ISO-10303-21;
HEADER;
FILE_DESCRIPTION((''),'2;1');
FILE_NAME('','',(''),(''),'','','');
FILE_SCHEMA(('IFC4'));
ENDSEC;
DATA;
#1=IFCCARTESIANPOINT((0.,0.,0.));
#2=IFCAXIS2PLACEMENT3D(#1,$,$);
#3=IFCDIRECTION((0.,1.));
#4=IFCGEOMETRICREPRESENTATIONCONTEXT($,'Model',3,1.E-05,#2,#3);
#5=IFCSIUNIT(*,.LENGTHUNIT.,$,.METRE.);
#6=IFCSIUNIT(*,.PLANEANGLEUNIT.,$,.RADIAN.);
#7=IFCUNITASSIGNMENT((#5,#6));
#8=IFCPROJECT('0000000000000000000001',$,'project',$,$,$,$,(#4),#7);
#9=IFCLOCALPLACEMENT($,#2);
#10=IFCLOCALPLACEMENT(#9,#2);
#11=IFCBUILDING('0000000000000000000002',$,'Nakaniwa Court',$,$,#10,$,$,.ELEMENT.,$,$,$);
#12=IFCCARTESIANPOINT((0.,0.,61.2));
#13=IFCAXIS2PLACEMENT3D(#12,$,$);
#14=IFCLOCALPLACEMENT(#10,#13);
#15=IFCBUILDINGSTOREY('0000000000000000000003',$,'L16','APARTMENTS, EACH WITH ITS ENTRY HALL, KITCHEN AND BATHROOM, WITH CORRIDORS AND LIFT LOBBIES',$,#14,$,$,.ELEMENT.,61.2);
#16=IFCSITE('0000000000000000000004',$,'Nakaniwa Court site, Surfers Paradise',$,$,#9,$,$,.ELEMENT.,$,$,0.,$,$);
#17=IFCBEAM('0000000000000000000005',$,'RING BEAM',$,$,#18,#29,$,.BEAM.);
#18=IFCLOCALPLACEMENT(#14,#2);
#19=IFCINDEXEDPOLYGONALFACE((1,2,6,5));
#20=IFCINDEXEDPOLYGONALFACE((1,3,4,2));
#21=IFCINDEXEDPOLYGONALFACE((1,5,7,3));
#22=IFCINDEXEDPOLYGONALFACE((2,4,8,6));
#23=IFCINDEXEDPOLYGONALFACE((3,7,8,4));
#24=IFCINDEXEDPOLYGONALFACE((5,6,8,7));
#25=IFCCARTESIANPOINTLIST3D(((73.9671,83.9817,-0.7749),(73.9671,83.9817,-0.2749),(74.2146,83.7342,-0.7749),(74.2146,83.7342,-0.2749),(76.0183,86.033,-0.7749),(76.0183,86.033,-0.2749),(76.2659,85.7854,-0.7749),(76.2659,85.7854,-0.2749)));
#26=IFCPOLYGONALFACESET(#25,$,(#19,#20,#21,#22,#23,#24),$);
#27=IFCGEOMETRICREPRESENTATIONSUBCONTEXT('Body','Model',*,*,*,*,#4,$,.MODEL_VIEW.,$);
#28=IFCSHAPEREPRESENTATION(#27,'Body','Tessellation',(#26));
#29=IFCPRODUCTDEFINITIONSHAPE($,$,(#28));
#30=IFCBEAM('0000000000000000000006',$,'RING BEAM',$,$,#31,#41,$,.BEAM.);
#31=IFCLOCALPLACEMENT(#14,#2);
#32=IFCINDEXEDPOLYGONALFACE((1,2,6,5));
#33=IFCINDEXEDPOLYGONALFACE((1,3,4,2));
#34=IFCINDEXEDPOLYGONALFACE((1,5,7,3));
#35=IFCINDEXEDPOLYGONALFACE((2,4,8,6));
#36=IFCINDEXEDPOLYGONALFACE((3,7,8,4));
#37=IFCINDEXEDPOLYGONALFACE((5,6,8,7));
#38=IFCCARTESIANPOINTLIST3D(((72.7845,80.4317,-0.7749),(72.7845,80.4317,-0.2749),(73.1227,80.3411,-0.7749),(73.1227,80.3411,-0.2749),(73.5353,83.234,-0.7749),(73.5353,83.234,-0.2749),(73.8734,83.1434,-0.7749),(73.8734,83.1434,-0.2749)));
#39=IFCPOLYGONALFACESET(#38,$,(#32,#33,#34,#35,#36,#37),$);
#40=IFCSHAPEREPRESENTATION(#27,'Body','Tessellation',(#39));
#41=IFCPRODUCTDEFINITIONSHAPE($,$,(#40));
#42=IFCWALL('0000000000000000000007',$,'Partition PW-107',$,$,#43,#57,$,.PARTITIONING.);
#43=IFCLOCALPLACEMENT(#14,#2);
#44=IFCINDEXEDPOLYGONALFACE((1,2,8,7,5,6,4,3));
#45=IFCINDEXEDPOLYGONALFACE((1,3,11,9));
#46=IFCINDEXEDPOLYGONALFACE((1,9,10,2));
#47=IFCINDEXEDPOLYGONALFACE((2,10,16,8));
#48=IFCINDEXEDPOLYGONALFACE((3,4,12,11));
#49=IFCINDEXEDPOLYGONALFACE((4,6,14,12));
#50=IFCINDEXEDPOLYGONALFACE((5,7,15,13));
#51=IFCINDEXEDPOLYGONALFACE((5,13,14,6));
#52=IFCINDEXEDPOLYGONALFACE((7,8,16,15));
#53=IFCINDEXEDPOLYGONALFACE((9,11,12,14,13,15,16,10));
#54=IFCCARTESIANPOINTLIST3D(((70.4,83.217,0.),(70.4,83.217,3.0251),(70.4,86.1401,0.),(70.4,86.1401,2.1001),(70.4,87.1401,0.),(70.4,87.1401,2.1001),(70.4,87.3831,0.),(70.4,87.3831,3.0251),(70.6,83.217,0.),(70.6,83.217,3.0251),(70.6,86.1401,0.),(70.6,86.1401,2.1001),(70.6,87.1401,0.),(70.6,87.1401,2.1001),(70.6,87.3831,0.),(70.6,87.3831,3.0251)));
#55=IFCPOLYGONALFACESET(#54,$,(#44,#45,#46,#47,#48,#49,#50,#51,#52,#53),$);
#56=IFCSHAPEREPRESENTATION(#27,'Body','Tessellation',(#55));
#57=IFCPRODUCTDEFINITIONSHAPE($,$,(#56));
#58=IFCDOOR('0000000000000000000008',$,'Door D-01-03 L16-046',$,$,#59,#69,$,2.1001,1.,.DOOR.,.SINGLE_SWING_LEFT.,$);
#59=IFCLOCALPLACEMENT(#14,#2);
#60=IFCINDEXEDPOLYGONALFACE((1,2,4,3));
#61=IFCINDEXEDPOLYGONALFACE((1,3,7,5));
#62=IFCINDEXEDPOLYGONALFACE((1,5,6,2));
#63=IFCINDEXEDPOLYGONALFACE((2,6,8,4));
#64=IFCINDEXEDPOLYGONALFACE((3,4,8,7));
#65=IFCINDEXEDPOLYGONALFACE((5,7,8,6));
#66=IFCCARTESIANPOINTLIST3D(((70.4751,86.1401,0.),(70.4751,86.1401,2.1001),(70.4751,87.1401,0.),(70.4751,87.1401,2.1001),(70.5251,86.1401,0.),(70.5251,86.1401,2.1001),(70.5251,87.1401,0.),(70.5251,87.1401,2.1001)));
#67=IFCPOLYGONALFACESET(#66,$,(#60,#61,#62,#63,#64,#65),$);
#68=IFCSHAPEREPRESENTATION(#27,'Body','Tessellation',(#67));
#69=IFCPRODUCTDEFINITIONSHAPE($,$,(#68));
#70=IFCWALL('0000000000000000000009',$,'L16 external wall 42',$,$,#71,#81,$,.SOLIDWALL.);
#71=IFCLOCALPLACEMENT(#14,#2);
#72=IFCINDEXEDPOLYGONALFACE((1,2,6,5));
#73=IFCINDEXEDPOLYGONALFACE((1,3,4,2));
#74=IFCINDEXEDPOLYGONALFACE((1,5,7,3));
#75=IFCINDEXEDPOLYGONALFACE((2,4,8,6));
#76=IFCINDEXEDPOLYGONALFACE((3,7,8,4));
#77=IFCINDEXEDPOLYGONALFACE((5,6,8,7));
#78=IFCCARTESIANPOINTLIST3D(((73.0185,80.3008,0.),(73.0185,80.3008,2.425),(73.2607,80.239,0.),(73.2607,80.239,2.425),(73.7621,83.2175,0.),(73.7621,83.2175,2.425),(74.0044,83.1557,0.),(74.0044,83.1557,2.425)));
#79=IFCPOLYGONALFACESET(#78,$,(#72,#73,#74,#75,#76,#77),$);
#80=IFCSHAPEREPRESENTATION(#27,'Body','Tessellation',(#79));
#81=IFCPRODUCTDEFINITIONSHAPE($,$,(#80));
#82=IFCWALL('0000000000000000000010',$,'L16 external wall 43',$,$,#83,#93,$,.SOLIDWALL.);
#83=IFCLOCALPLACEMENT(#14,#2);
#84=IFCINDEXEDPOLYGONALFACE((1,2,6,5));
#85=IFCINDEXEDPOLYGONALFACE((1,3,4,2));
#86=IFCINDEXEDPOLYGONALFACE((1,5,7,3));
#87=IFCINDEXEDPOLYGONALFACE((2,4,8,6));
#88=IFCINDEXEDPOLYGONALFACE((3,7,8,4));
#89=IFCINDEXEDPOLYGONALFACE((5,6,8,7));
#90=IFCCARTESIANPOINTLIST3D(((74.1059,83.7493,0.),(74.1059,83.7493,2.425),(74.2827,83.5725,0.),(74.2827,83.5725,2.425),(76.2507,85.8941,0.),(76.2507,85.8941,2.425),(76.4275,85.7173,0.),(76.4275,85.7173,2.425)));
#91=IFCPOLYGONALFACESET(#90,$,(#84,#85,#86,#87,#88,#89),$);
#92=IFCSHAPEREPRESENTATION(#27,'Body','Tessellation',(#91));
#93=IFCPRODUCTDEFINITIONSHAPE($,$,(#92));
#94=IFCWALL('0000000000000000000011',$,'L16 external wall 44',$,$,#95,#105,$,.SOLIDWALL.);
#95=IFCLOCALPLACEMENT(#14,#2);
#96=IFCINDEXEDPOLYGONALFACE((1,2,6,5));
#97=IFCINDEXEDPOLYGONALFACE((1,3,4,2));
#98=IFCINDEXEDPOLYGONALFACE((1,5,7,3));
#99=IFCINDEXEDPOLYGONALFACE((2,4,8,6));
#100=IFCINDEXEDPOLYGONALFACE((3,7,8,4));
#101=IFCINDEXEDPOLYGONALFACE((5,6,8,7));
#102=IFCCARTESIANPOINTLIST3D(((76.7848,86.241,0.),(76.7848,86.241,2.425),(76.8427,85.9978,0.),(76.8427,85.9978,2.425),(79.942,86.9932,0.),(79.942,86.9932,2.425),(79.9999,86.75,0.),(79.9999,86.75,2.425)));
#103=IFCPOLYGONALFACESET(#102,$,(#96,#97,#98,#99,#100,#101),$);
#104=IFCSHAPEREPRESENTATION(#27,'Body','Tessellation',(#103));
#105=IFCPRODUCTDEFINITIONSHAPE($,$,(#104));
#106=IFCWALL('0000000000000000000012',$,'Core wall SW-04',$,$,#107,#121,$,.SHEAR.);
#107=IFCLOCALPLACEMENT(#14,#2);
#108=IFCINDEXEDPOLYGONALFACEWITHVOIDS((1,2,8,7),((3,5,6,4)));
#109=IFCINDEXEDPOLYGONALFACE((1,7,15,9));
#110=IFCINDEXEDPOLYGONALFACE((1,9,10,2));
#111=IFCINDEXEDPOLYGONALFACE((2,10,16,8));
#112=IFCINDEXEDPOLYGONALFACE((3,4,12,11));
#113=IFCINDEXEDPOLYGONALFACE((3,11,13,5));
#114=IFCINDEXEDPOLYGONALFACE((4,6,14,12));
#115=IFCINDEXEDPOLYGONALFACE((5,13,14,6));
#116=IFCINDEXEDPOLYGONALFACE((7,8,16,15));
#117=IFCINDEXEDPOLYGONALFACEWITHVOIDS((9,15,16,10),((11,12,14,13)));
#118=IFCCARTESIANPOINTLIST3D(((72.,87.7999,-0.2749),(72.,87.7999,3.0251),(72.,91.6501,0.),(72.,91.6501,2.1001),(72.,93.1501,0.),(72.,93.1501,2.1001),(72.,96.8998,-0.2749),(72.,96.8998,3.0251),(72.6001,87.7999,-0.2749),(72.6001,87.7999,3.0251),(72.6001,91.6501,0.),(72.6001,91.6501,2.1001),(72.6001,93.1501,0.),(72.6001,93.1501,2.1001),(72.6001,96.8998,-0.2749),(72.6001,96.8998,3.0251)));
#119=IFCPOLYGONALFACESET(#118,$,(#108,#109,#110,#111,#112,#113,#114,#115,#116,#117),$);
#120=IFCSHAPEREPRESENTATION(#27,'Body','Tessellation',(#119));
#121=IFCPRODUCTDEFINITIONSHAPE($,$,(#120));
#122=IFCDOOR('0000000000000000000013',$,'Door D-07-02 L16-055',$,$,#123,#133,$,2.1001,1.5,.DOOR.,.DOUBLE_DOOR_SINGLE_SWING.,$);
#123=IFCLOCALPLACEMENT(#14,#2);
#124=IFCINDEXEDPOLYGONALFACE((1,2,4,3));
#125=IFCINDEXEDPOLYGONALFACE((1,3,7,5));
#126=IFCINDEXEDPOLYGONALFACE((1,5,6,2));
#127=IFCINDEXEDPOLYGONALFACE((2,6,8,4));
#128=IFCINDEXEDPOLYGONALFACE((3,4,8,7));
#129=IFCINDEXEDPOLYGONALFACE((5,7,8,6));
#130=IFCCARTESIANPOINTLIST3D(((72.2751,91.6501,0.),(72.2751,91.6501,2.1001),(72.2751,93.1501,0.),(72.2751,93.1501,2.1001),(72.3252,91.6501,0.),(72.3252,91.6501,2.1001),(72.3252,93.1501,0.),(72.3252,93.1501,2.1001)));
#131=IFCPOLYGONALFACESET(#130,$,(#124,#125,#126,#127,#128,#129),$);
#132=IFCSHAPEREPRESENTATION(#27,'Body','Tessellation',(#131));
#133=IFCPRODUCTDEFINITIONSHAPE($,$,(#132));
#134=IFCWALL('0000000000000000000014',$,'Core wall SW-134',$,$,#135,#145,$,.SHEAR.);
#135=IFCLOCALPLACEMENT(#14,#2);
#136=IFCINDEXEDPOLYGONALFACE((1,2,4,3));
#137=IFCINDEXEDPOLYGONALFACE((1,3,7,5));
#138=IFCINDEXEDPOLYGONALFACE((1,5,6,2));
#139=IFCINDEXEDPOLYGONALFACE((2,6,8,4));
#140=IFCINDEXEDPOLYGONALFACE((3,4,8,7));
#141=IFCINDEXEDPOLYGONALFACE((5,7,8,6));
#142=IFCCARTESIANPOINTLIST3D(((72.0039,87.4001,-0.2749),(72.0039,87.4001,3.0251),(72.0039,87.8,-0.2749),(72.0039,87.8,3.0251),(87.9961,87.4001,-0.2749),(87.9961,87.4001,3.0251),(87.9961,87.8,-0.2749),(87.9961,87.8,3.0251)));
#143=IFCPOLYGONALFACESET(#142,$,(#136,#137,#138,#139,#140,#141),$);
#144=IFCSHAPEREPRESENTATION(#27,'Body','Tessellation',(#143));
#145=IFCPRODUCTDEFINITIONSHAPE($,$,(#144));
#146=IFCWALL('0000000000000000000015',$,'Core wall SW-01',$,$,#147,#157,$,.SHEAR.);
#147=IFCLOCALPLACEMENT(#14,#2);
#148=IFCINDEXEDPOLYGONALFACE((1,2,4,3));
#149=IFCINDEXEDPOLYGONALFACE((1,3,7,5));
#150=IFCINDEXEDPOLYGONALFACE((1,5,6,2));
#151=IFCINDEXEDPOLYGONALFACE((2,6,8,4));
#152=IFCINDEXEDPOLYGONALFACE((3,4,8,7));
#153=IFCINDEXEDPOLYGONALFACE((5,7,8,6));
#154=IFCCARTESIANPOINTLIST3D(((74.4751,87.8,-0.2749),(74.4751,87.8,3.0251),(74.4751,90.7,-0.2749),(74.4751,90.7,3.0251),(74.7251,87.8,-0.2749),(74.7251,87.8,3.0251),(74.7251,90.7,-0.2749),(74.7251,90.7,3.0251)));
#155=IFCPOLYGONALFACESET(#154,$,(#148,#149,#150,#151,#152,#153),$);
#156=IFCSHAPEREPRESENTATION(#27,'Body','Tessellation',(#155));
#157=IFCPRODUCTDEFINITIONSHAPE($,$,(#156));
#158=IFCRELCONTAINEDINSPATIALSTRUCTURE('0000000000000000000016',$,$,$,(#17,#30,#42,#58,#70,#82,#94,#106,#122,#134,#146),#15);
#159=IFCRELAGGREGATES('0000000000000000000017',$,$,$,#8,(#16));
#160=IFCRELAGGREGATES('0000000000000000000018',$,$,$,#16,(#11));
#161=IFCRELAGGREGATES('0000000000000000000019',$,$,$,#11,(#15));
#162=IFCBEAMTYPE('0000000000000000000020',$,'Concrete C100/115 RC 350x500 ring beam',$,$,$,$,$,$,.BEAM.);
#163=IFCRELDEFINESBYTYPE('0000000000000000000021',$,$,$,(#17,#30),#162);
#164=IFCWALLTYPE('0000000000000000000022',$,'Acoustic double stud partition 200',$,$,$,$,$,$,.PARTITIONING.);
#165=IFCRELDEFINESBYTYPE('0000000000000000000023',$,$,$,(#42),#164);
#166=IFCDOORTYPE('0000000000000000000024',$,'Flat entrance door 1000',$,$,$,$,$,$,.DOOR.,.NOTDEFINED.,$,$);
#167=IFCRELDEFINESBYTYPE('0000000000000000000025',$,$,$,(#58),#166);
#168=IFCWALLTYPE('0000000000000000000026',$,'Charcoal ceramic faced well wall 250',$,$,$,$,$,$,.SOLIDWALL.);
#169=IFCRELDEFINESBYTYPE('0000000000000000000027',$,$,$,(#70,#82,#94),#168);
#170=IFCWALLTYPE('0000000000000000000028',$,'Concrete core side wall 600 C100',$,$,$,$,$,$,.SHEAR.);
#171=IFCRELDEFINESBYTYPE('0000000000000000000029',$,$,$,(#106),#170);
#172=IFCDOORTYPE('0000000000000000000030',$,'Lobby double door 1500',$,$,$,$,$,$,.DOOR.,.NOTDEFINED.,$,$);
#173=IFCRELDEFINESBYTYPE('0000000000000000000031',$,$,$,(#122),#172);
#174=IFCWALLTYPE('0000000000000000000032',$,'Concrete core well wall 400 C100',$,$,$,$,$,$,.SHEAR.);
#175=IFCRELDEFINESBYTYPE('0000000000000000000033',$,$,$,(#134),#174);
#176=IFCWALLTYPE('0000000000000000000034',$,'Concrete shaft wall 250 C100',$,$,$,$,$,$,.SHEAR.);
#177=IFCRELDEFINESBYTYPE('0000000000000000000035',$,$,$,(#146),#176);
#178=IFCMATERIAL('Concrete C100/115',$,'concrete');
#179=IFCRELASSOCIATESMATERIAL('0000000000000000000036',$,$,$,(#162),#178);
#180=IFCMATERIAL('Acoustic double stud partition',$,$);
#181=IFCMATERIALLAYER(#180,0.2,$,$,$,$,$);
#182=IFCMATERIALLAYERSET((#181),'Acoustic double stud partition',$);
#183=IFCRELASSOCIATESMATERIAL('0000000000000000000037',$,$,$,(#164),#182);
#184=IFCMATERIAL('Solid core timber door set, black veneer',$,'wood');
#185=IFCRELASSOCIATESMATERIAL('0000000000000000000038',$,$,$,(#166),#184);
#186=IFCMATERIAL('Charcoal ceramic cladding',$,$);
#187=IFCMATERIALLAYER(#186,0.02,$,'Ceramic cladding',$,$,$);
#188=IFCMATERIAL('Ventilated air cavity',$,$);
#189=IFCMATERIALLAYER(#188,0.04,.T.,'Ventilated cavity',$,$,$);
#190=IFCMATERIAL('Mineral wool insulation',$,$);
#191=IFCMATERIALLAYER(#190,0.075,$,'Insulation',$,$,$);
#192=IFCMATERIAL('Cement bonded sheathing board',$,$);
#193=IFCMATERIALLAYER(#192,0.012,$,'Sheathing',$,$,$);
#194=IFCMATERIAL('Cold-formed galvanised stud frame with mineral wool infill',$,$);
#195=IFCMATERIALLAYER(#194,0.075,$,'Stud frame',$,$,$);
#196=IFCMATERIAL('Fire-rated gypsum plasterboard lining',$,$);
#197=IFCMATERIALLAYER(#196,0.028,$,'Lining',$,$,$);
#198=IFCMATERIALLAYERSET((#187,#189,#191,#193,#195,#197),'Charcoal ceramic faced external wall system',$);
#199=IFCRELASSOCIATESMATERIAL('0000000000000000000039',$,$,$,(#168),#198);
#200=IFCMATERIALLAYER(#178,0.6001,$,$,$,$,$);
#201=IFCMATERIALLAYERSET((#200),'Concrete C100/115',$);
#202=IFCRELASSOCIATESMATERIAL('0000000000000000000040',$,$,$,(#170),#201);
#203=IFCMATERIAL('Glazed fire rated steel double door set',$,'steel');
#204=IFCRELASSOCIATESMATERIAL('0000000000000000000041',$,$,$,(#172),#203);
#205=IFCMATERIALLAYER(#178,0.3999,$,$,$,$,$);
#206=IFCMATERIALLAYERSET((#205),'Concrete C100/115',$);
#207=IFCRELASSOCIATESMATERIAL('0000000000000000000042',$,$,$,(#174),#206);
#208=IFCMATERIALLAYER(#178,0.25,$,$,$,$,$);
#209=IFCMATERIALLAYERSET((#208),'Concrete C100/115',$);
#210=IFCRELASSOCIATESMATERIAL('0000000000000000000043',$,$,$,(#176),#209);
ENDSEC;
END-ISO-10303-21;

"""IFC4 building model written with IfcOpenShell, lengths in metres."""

from ifc_helpers import new_model, si_unit, direction, frame, frame_2d, origin, origin_2d, place, context, subcontext, project, spatial, rectangle, extrude, material, layer, layer_set, material_profile, profile_set, type_object, element, fill, save


model = new_model("IFC4")

# Units and contexts
model_context = context("Model", 3, precision=1e-05, world=origin(), true_north=direction((0.0, 1.0)))
body_context = subcontext(model_context, "Body", "Model", "MODEL_VIEW")
ifc_project = project(units=[si_unit("LENGTHUNIT", "METRE"), si_unit("PLANEANGLEUNIT", "RADIAN")], contexts=[model_context])

# Site, building, storey
site_placement = place(None, origin())
site = spatial("IfcSite", under=ifc_project, at=site_placement, Name="Nakaniwa Court site, Surfers Paradise", CompositionType="ELEMENT", RefElevation=0.0)
building_placement = place(site_placement, origin())
building = spatial("IfcBuilding", under=site, at=building_placement, Name="Nakaniwa Court", CompositionType="ELEMENT")
storey_placement = place(building_placement, frame((0.0, 0.0, 61.2)))
storey = spatial("IfcBuildingStorey", under=building, at=storey_placement, Name="L16", Description="APARTMENTS, EACH WITH ITS ENTRY HALL, KITCHEN AND BATHROOM, WITH CORRIDORS AND LIFT LOBBIES", CompositionType="ELEMENT", Elevation=61.2)

# Shared definitions
ifc_material_1 = material(Name="Concrete C100/115", Category="concrete")

# Beams
ifc_material_profile_1 = material_profile(ifc_material_1, rectangle(XDim=0.3501, YDim=0.5, at=origin_2d()), Name="Concrete C100/115 RC 350x500 ring beam")
ifc_profile_set_1 = profile_set([ifc_material_profile_1], Name="Concrete C100/115")
beam_type = type_object("IfcBeamType", Name="Concrete C100/115 RC 350x500 ring beam", PredefinedType="BEAM", material=ifc_profile_set_1)
beam_1_placement = place(storey_placement, frame((76.1421, 85.9092, -0.5249), z_axis=(-0.707107, -0.707107, 0.0), x_axis=(0.707107, -0.707107, 0.0)))
element("IfcBeam", 1, at=beam_1_placement, inside=storey, type_object=beam_type, Name="RING BEAM", PredefinedType="BEAM", context=body_context, shape_type="SweptSolid", body=[
    extrude(rectangle(XDim=0.3501, YDim=0.5, at=origin_2d()), origin(), (0.0, 0.0, 1.0), 2.9009),
])
beam_2_placement = place(storey_placement, frame((73.7043, 83.1887, -0.5249), z_axis=(-0.258778, -0.965937, 0.0), x_axis=(0.965937, -0.258778, 0.0)))
element("IfcBeam", 2, at=beam_2_placement, inside=storey, type_object=beam_type, Name="RING BEAM", PredefinedType="BEAM", context=body_context, shape_type="SweptSolid", body=[
    extrude(rectangle(XDim=0.3501, YDim=0.5, at=origin_2d()), origin(), (0.0, 0.0, 1.0), 2.9011),
])

# Wall, opening, door
ifc_material_2 = material(Name="Acoustic double stud partition")
ifc_layer_1 = layer(ifc_material_2, 0.2)
ifc_layer_set_1 = layer_set([ifc_layer_1], Name="Acoustic double stud partition")
wall_type_1 = type_object("IfcWallType", Name="Acoustic double stud partition 200", PredefinedType="PARTITIONING", material=ifc_layer_set_1)
wall_1_placement = place(storey_placement, frame((70.5, 83.217, 0.0), z_axis=(0.0, 0.0, 1.0), x_axis=(0.0, 1.0, 0.0)))
wall_1 = element("IfcWall", 3, at=wall_1_placement, inside=storey, type_object=wall_type_1, Name="Partition PW-107", PredefinedType="PARTITIONING", context=body_context, shape_type="SweptSolid", body=[
    extrude(rectangle(XDim=4.166, YDim=0.2, at=frame_2d((2.083, 0.0))), origin(), (0.0, 0.0, 1.0), 3.0251),
])
opening_1_placement = place(wall_1_placement, frame((2.9231, 0.0, 0.0)))
opening_1 = element("IfcOpeningElement", 4, at=opening_1_placement, cuts=wall_1, PredefinedType="OPENING", context=body_context, shape_type="SweptSolid", body=[
    extrude(rectangle(XDim=1.0, YDim=2.1001, at=frame_2d((0.5, 1.05))), frame((0.0, 0.1099, 0.0), z_axis=(0.0, -1.0, 0.0), x_axis=(1.0, 0.0, 0.0)), (0.0, 0.0, 1.0), 0.22),
])
ifc_material_3 = material(Name="Solid core timber door set, black veneer", Category="wood")
door_type_1 = type_object("IfcDoorType", Name="Flat entrance door 1000", OperationType="NOTDEFINED", PredefinedType="DOOR", material=ifc_material_3)
door_1_placement = place(opening_1_placement, origin())
door_1 = element("IfcDoor", 5, at=door_1_placement, inside=storey, type_object=door_type_1, Name="Door D-01-03 L16-046", OperationType="SINGLE_SWING_LEFT", OverallHeight=2.1001, OverallWidth=1.0, PredefinedType="DOOR", context=body_context, shape_type="SweptSolid", body=[
    extrude(rectangle(XDim=1.0, YDim=2.1001, at=frame_2d((0.5, 1.05))), frame((0.0, 0.0249, 0.0), z_axis=(0.0, -1.0, 0.0), x_axis=(1.0, 0.0, 0.0)), (0.0, 0.0, 1.0), 0.05),
])
fill(opening_1, door_1)

# Walls
ifc_material_4 = material(Name="Charcoal ceramic cladding")
ifc_layer_2 = layer(ifc_material_4, 0.02, Name="Ceramic cladding")
ifc_material_5 = material(Name="Ventilated air cavity")
ifc_layer_3 = layer(ifc_material_5, 0.04, ventilated=True, Name="Ventilated cavity")
ifc_material_6 = material(Name="Mineral wool insulation")
ifc_layer_4 = layer(ifc_material_6, 0.075, Name="Insulation")
ifc_material_7 = material(Name="Cement bonded sheathing board")
ifc_layer_5 = layer(ifc_material_7, 0.012, Name="Sheathing")
ifc_material_8 = material(Name="Cold-formed galvanised stud frame with mineral wool infill")
ifc_layer_6 = layer(ifc_material_8, 0.075, Name="Stud frame")
ifc_material_9 = material(Name="Fire-rated gypsum plasterboard lining")
ifc_layer_7 = layer(ifc_material_9, 0.028, Name="Lining")
ifc_layer_set_2 = layer_set([ifc_layer_2, ifc_layer_3, ifc_layer_4, ifc_layer_5, ifc_layer_6, ifc_layer_7], Name="Charcoal ceramic faced external wall system")
wall_type_2 = type_object("IfcWallType", Name="Charcoal ceramic faced well wall 250", PredefinedType="SOLIDWALL", material=ifc_layer_set_2)
wall_2_placement = place(storey_placement, frame((73.1396, 80.27, 0.0), z_axis=(0.0, 0.0, 1.0), x_axis=(0.247056, 0.969001, 0.0)))
element("IfcWall", 6, at=wall_2_placement, inside=storey, type_object=wall_type_2, Name="L16 external wall 42", PredefinedType="SOLIDWALL", context=body_context, shape_type="SweptSolid", body=[
    extrude(rectangle(XDim=3.01, YDim=0.25, at=frame_2d((1.5049, 0.0))), origin(), (0.0, 0.0, 1.0), 2.425),
])
wall_3_placement = place(storey_placement, frame((74.1943, 83.6609, 0.0), z_axis=(0.0, 0.0, 1.0), x_axis=(0.707107, 0.707107, 0.0)))
element("IfcWall", 7, at=wall_3_placement, inside=storey, type_object=wall_type_2, Name="L16 external wall 43", PredefinedType="SOLIDWALL", context=body_context, shape_type="SweptSolid", body=[
    extrude(rectangle(XDim=3.0332, YDim=0.25, at=frame_2d((1.5166, 0.0))), origin(), (0.0, 0.0, 1.0), 2.425),
])
wall_4_placement = place(storey_placement, frame((76.8137, 86.1194, 0.0), z_axis=(0.0, 0.0, 1.0), x_axis=(0.972773, 0.23176, 0.0)))
element("IfcWall", 8, at=wall_4_placement, inside=storey, type_object=wall_type_2, Name="L16 external wall 44", PredefinedType="SOLIDWALL", context=body_context, shape_type="SweptSolid", body=[
    extrude(rectangle(XDim=3.2456, YDim=0.25, at=frame_2d((1.6228, 0.0))), origin(), (0.0, 0.0, 1.0), 2.425),
])

# Wall, opening, door
ifc_layer_8 = layer(ifc_material_1, 0.6001)
ifc_layer_set_3 = layer_set([ifc_layer_8], Name="Concrete C100/115")
wall_type_3 = type_object("IfcWallType", Name="Concrete core side wall 600 C100", PredefinedType="SHEAR", material=ifc_layer_set_3)
wall_5_placement = place(storey_placement, frame((72.3, 87.8, -0.2749), z_axis=(0.0, 0.0, 1.0), x_axis=(0.0, 1.0, 0.0)))
wall_5 = element("IfcWall", 9, at=wall_5_placement, inside=storey, type_object=wall_type_3, Name="Core wall SW-04", PredefinedType="SHEAR", context=body_context, shape_type="SweptSolid", body=[
    extrude(rectangle(XDim=9.0999, YDim=0.6001, at=frame_2d((4.5498, 0.0))), origin(), (0.0, 0.0, 1.0), 3.3),
])
opening_2_placement = place(wall_5_placement, frame((3.8501, 0.0, 0.2749)))
opening_2 = element("IfcOpeningElement", 10, at=opening_2_placement, cuts=wall_5, PredefinedType="OPENING", context=body_context, shape_type="SweptSolid", body=[
    extrude(rectangle(XDim=1.5, YDim=2.1001, at=frame_2d((0.75, 1.05))), frame((0.0, 0.3101, 0.0), z_axis=(0.0, -1.0, 0.0), x_axis=(1.0, 0.0, 0.0)), (0.0, 0.0, 1.0), 0.6201),
])
ifc_material_10 = material(Name="Glazed fire rated steel double door set", Category="steel")
door_type_2 = type_object("IfcDoorType", Name="Lobby double door 1500", OperationType="NOTDEFINED", PredefinedType="DOOR", material=ifc_material_10)
door_2_placement = place(opening_2_placement, origin())
door_2 = element("IfcDoor", 11, at=door_2_placement, inside=storey, type_object=door_type_2, Name="Door D-07-02 L16-055", OperationType="DOUBLE_DOOR_SINGLE_SWING", OverallHeight=2.1001, OverallWidth=1.5, PredefinedType="DOOR", context=body_context, shape_type="SweptSolid", body=[
    extrude(rectangle(XDim=1.5, YDim=2.1001, at=frame_2d((0.75, 1.05))), frame((0.0, 0.0249, 0.0), z_axis=(0.0, -1.0, 0.0), x_axis=(1.0, 0.0, 0.0)), (0.0, 0.0, 1.0), 0.05),
])
fill(opening_2, door_2)

# Walls
ifc_layer_9 = layer(ifc_material_1, 0.3999)
ifc_layer_set_4 = layer_set([ifc_layer_9], Name="Concrete C100/115")
wall_type_4 = type_object("IfcWallType", Name="Concrete core well wall 400 C100", PredefinedType="SHEAR", material=ifc_layer_set_4)
wall_6_placement = place(storey_placement, frame((72.0039, 87.6001, -0.2749), z_axis=(0.0, 0.0, 1.0), x_axis=(1.0, 0.0, 0.0)))
element("IfcWall", 12, at=wall_6_placement, inside=storey, type_object=wall_type_4, Name="Core wall SW-134", PredefinedType="SHEAR", context=body_context, shape_type="SweptSolid", body=[
    extrude(rectangle(XDim=15.9922, YDim=0.3999, at=frame_2d((7.9961, 0.0))), origin(), (0.0, 0.0, 1.0), 3.3),
])
ifc_layer_10 = layer(ifc_material_1, 0.25)
ifc_layer_set_5 = layer_set([ifc_layer_10], Name="Concrete C100/115")
wall_type_5 = type_object("IfcWallType", Name="Concrete shaft wall 250 C100", PredefinedType="SHEAR", material=ifc_layer_set_5)
wall_7_placement = place(storey_placement, frame((74.6001, 87.8, -0.2749), z_axis=(0.0, 0.0, 1.0), x_axis=(0.0, 1.0, 0.0)))
element("IfcWall", 13, at=wall_7_placement, inside=storey, type_object=wall_type_5, Name="Core wall SW-01", PredefinedType="SHEAR", context=body_context, shape_type="SweptSolid", body=[
    extrude(rectangle(XDim=2.8999, YDim=0.25, at=frame_2d((1.45, 0.0))), origin(), (0.0, 0.0, 1.0), 3.3),
])

save(model, "model.ifc")
